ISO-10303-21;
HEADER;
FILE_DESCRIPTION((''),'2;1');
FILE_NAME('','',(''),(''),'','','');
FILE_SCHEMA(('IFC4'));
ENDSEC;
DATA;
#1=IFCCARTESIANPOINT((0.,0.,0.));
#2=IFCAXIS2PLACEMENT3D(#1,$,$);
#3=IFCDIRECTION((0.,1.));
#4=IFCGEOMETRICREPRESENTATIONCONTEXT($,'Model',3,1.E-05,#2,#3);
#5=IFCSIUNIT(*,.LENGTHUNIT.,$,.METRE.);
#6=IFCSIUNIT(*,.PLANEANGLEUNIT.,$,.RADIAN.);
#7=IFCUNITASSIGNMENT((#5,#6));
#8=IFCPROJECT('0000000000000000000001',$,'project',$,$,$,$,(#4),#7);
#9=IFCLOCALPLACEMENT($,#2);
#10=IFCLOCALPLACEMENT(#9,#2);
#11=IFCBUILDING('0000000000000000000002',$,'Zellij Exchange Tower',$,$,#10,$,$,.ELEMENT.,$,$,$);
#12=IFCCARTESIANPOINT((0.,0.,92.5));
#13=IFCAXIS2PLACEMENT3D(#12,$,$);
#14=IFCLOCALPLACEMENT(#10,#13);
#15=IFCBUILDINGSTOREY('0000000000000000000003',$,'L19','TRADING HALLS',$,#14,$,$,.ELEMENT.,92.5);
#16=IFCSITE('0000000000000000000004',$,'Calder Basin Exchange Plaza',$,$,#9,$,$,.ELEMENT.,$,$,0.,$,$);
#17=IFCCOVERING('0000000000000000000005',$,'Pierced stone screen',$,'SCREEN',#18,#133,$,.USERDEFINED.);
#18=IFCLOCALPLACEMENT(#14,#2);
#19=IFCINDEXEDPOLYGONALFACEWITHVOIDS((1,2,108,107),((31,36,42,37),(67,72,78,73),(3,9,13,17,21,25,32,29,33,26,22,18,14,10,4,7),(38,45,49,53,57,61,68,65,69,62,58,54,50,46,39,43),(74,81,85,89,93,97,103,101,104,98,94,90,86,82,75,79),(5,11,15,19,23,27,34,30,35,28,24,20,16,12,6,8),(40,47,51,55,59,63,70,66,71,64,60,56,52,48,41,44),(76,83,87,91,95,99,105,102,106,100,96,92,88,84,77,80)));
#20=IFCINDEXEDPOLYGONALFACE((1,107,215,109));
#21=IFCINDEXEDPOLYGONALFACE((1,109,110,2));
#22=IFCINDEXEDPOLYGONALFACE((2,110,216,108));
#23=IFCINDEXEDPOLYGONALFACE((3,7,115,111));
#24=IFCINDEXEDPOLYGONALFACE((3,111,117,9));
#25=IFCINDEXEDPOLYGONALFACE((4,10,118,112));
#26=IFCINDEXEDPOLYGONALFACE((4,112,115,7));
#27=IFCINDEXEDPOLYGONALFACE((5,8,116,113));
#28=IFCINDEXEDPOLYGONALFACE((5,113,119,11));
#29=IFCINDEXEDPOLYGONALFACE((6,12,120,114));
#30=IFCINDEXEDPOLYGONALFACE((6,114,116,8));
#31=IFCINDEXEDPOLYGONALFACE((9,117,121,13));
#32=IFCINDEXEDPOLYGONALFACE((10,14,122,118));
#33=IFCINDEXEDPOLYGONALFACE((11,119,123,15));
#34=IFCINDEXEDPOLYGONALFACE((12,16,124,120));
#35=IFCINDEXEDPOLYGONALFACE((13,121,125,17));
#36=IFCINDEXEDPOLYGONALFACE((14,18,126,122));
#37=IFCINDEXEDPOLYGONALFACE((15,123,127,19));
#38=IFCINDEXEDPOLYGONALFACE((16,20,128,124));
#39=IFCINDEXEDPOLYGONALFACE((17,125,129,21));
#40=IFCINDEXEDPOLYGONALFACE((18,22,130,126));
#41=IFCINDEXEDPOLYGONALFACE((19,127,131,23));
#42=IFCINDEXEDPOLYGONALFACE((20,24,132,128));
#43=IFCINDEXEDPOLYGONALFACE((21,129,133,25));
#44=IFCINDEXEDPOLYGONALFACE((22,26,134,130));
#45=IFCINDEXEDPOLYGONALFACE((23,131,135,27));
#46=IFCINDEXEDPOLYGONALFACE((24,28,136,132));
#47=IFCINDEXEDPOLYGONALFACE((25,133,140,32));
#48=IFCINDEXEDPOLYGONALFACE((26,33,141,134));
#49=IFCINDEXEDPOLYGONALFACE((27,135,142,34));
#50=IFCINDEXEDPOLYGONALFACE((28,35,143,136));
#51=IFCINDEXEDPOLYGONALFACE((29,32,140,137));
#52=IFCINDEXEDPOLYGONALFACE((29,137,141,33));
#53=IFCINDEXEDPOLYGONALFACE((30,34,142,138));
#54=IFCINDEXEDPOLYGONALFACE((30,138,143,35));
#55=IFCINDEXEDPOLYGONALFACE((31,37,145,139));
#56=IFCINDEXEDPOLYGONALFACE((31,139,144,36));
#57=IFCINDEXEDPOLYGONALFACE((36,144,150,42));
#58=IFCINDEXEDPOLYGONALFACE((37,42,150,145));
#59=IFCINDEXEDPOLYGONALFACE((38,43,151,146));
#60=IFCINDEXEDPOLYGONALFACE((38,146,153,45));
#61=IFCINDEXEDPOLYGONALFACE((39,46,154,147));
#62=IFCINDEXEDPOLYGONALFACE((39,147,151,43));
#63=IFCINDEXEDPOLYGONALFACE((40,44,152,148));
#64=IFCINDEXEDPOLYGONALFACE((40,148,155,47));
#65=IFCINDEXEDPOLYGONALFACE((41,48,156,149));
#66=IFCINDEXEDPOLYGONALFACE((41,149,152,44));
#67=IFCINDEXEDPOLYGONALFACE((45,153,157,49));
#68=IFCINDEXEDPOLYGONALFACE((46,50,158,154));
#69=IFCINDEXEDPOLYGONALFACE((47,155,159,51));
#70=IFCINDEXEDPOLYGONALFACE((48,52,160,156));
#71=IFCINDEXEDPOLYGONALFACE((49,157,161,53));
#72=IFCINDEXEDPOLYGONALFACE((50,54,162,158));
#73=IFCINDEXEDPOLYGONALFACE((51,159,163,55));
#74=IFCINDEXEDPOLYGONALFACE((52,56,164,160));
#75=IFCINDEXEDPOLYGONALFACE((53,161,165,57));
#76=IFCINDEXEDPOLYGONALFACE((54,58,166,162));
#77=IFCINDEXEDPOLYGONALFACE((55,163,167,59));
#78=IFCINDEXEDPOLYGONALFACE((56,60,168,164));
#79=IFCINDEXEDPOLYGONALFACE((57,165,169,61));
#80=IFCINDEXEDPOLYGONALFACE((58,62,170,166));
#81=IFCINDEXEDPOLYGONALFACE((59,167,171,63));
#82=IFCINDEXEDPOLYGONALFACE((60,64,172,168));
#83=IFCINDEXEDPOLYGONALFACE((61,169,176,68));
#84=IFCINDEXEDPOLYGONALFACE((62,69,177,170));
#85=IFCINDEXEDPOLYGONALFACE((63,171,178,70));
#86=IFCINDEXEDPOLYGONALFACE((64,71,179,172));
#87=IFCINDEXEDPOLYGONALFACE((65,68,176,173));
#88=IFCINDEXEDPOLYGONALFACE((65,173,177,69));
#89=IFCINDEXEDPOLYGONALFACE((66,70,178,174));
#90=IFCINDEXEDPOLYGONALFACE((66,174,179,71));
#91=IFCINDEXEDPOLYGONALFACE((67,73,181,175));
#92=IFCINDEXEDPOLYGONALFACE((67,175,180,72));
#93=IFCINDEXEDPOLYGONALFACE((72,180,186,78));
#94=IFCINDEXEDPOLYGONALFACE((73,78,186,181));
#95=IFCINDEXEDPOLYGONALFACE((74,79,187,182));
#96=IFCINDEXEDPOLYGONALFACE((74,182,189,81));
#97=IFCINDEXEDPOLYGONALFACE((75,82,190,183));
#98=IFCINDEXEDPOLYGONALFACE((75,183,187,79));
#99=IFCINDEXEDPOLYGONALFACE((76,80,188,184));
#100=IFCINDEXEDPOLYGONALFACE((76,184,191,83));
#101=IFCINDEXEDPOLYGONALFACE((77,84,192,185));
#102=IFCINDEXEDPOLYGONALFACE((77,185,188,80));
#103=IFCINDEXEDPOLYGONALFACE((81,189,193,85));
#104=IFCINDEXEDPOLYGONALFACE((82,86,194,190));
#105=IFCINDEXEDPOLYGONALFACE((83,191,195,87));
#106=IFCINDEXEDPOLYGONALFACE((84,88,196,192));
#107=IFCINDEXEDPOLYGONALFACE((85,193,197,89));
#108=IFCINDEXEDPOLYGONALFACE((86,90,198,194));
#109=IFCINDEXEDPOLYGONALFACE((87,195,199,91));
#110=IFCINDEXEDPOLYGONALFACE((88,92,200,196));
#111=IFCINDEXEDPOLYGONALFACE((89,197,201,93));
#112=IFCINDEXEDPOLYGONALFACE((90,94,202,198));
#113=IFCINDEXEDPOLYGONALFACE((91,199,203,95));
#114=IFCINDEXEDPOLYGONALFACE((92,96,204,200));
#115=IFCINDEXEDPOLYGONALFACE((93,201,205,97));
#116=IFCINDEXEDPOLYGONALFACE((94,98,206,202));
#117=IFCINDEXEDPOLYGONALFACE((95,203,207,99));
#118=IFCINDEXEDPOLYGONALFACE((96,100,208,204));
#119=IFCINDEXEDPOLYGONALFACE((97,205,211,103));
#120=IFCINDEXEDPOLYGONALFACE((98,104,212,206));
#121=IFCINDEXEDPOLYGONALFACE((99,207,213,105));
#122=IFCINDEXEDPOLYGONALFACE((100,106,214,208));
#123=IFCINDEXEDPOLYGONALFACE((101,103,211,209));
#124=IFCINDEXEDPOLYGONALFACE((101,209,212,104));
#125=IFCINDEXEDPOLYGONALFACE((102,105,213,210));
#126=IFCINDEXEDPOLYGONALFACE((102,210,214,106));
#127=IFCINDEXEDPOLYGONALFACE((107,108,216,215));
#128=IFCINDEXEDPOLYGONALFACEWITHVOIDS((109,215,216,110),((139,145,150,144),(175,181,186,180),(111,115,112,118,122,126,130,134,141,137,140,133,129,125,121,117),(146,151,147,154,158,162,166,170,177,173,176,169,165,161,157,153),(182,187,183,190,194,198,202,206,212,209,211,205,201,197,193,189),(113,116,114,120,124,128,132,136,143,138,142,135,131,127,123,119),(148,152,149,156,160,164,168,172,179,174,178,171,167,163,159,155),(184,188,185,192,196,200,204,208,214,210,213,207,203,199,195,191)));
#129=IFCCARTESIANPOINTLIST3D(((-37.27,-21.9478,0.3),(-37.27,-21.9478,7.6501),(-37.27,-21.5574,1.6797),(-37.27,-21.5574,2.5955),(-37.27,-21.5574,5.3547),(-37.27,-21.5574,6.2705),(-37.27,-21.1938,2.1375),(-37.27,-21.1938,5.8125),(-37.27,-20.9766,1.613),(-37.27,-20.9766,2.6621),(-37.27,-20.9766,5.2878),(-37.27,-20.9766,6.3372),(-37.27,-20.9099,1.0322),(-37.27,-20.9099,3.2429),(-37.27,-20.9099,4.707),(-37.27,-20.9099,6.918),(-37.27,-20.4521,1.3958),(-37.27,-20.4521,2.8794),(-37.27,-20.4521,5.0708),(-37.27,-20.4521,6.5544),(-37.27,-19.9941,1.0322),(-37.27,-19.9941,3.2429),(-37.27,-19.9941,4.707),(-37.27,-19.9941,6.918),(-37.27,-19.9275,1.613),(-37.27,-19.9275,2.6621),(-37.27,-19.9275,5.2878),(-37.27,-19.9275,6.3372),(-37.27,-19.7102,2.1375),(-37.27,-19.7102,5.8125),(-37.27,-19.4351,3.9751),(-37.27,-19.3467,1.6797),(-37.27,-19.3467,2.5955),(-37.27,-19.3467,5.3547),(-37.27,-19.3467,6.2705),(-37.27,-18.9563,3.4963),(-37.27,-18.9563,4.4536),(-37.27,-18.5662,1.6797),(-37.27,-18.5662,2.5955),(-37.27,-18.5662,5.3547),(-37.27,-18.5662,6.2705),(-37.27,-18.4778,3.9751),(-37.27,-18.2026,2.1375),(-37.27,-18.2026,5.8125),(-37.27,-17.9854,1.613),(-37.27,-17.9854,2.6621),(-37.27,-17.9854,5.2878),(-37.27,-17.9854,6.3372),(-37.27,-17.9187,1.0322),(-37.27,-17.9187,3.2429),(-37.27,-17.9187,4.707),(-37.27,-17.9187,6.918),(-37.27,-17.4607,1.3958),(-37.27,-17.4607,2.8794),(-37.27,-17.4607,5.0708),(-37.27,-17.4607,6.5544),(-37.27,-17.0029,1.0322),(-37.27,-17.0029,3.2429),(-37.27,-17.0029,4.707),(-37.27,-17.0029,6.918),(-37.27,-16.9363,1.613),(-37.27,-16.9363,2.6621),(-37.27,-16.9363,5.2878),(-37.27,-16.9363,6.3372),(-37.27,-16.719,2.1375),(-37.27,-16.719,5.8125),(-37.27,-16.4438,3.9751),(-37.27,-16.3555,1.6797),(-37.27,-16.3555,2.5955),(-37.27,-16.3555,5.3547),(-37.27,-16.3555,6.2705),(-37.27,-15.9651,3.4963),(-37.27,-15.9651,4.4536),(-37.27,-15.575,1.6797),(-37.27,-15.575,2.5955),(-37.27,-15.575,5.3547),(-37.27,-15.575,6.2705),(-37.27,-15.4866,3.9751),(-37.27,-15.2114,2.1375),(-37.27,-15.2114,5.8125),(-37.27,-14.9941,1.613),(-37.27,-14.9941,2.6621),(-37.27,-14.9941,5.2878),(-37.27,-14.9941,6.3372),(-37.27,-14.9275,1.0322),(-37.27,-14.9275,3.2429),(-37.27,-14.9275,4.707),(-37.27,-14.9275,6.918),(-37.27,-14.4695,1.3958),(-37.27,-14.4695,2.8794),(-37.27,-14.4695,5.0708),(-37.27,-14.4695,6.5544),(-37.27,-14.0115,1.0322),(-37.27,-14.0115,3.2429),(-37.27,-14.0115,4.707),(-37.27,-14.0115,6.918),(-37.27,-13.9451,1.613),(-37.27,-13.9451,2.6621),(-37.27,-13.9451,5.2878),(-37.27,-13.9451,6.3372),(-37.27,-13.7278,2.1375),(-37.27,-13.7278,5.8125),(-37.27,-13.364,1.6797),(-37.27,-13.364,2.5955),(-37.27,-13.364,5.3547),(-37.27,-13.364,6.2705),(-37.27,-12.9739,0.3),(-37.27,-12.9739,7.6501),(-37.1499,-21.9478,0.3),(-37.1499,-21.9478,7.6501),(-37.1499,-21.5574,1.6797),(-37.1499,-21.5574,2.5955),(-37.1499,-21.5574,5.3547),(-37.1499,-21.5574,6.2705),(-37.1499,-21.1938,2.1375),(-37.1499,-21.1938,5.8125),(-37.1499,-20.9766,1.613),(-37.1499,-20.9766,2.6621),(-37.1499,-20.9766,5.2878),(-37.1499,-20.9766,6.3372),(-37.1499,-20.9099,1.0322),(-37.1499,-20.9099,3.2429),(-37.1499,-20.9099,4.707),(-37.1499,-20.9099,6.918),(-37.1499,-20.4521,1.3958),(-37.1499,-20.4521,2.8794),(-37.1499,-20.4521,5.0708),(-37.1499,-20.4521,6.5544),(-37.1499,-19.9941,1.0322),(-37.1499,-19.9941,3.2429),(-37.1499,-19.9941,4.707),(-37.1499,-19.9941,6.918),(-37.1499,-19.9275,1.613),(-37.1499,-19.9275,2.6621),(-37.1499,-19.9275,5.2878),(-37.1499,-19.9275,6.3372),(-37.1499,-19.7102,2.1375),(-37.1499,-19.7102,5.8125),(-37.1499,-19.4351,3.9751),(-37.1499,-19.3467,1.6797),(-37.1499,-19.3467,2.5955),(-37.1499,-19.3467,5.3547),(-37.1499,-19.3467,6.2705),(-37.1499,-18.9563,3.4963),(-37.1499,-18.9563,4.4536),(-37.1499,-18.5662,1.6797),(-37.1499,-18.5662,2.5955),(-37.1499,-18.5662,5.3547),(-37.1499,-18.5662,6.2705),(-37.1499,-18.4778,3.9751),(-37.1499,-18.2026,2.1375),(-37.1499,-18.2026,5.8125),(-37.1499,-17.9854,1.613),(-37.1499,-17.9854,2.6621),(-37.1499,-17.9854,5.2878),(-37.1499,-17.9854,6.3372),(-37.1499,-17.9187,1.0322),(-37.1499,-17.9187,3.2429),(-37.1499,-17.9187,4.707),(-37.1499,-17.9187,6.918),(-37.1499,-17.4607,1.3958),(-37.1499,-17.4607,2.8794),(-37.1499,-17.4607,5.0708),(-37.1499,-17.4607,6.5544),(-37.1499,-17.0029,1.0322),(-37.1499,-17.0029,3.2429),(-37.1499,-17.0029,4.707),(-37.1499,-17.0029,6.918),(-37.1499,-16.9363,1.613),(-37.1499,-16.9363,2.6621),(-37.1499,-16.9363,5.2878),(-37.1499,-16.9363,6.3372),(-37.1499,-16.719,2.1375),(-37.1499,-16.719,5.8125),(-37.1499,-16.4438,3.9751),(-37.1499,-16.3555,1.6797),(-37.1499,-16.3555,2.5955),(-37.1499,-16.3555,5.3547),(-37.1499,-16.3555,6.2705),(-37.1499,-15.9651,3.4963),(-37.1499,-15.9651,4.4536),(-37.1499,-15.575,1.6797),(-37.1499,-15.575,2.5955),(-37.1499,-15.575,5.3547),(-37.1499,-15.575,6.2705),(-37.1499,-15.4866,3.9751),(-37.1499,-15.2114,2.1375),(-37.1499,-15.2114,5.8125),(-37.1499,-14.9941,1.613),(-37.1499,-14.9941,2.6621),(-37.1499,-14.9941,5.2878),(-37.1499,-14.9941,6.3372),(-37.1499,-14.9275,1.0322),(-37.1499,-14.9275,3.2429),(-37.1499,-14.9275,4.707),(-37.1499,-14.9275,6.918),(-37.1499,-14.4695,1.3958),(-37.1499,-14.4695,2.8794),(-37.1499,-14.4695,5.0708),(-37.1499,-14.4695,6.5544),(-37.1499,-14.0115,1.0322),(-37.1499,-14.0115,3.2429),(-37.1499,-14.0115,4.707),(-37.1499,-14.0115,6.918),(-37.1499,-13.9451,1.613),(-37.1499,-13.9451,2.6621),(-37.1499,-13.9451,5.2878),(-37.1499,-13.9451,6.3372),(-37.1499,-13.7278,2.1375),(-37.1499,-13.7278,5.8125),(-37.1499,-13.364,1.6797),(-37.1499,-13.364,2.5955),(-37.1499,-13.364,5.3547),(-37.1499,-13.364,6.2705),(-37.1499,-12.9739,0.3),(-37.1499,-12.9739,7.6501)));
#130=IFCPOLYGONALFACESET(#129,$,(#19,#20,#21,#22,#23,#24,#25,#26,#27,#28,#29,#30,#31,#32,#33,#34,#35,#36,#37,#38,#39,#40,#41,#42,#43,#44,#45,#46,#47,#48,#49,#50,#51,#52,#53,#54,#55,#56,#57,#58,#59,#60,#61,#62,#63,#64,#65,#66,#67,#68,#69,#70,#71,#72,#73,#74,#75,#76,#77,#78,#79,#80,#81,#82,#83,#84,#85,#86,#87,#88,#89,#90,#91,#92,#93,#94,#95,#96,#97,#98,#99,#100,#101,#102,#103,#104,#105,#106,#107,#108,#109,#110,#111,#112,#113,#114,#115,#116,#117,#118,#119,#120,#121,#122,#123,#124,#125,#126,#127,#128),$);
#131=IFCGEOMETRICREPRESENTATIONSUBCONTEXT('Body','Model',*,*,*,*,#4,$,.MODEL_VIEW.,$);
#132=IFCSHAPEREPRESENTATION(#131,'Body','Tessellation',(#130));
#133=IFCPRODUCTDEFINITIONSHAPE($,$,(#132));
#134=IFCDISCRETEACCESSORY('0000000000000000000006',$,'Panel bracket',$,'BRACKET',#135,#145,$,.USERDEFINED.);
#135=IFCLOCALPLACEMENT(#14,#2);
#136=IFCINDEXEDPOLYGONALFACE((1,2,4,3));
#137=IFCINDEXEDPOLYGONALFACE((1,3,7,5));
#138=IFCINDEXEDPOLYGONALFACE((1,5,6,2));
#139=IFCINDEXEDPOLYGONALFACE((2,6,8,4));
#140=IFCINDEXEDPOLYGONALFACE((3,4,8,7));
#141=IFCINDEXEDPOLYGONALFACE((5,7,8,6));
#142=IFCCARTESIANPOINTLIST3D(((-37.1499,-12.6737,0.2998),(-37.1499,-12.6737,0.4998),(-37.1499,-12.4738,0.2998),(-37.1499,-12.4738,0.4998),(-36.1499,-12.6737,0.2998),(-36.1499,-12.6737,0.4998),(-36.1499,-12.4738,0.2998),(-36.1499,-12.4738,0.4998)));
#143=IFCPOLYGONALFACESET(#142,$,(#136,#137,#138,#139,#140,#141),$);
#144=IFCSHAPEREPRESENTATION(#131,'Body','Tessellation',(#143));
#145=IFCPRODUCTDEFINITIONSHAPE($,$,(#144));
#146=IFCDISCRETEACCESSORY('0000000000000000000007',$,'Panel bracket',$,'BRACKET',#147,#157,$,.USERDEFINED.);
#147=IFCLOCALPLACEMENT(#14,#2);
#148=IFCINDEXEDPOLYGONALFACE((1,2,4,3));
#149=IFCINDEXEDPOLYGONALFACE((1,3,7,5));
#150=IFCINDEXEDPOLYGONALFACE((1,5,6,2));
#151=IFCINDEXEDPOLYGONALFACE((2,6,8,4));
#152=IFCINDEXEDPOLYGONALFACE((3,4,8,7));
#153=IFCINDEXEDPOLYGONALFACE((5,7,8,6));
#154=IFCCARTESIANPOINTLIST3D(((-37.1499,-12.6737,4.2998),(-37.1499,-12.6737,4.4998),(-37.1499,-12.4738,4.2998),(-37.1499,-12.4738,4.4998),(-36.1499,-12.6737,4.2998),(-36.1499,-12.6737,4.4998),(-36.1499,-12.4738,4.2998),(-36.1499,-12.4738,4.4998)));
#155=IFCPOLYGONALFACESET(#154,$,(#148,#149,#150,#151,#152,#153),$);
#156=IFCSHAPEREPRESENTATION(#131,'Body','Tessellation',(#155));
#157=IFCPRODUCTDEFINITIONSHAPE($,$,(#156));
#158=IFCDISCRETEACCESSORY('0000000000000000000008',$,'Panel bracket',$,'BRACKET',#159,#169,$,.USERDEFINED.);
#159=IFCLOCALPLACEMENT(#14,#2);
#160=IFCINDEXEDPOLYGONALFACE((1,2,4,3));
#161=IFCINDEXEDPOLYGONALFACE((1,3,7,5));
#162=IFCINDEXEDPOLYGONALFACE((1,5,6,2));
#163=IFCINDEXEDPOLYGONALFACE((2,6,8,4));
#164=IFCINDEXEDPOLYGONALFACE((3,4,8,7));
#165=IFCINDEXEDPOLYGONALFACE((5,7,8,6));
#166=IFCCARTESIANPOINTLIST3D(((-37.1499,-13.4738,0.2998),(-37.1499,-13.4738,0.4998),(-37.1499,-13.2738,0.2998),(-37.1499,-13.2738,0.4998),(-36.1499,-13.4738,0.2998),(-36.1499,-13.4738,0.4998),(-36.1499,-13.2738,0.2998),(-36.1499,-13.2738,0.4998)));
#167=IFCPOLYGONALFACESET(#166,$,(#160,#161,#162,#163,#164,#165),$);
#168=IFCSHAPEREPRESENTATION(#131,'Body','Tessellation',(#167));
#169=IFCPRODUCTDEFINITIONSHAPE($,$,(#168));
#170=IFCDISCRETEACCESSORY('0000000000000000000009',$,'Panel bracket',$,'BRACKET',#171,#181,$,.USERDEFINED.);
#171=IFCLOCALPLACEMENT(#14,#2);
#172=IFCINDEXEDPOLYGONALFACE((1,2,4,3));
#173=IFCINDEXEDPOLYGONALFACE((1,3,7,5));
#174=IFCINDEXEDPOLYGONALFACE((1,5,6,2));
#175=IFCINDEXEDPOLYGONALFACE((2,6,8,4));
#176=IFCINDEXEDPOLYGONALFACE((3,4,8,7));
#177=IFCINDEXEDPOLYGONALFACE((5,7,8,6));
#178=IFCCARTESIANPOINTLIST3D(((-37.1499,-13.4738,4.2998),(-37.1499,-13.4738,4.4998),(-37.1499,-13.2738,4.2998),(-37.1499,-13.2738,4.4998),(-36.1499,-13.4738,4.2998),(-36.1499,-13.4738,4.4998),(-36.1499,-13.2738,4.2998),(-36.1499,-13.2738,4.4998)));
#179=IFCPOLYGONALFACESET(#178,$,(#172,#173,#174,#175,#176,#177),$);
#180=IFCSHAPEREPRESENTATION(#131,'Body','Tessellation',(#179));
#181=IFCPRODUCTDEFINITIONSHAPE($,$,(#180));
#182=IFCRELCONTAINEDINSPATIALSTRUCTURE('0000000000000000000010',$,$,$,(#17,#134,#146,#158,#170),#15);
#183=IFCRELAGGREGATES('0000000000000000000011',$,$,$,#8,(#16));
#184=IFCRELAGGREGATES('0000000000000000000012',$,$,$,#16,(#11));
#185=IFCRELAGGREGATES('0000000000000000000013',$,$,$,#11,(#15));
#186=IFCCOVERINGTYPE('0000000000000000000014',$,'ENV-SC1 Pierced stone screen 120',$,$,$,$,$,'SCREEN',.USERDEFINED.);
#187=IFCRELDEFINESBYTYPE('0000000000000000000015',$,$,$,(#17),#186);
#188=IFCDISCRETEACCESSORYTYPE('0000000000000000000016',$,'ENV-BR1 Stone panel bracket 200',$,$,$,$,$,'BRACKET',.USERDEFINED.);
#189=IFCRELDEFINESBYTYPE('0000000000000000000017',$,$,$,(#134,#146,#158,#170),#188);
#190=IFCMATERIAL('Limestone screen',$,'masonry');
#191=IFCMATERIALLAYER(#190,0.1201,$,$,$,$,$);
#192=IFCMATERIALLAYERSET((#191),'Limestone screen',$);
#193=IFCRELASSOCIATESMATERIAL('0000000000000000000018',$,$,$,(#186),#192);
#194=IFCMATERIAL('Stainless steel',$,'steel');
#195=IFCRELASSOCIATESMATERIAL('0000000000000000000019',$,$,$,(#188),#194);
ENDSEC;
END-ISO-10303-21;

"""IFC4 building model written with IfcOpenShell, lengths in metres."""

from ifc_helpers import new_model, si_unit, direction, frame, origin, origin_2d, place, context, subcontext, project, spatial, polyline, rectangle, outline, extrude, material, layer, layer_set, type_object, element, save


model = new_model("IFC4")

# Units and contexts
model_context = context("Model", 3, precision=1e-05, world=origin(), true_north=direction((0.0, 1.0)))
body_context = subcontext(model_context, "Body", "Model", "MODEL_VIEW")
ifc_project = project(units=[si_unit("LENGTHUNIT", "METRE"), si_unit("PLANEANGLEUNIT", "RADIAN")], contexts=[model_context])

# Site, building, storey
site_placement = place(None, origin())
site = spatial("IfcSite", under=ifc_project, at=site_placement, Name="Calder Basin Exchange Plaza", CompositionType="ELEMENT", RefElevation=0.0)
building_placement = place(site_placement, origin())
building = spatial("IfcBuilding", under=site, at=building_placement, Name="Zellij Exchange Tower", CompositionType="ELEMENT")
storey_placement = place(building_placement, frame((0.0, 0.0, 92.5)))
storey = spatial("IfcBuildingStorey", under=building, at=storey_placement, Name="L19", Description="TRADING HALLS", CompositionType="ELEMENT", Elevation=92.5)

# Shared definitions
ifc_material_1 = material(Name="Stainless steel", Category="steel")

# Covering
ifc_material_2 = material(Name="Limestone screen", Category="masonry")
ifc_layer_1 = layer(ifc_material_2, 0.1201)
ifc_layer_set_1 = layer_set([ifc_layer_1], Name="Limestone screen")
covering_type = type_object("IfcCoveringType", Name="ENV-SC1 Pierced stone screen 120", ElementType="SCREEN", PredefinedType="USERDEFINED", material=ifc_layer_set_1)
covering_placement = place(storey_placement, frame((-37.21, -12.9739, 0.3), z_axis=(0.0, 0.0, 1.0), x_axis=(0.0, -1.0, 0.0)))
element("IfcCovering", 1, at=covering_placement, inside=storey, type_object=covering_type, Name="Pierced stone screen", ObjectType="SCREEN", PredefinedType="USERDEFINED", context=body_context, shape_type="SweptSolid", body=[
    extrude(outline(polyline([(0.0, 0.0), (8.9739, 0.0), (8.9739, 7.3501), (0.0, 7.3501), (0.0, 0.0)]), holes=[polyline([(2.6011, 2.2954), (2.0203, 2.3621), (1.9536, 2.9429), (1.4956, 2.5793), (1.0376, 2.9429), (0.9712, 2.3621), (0.3901, 2.2954), (0.7539, 1.8374), (0.3901, 1.3796), (0.9712, 1.313), (1.0376, 0.7322), (1.4956, 1.0957), (1.9536, 0.7322), (2.0203, 1.313), (2.6011, 1.3796), (2.2375, 1.8374), (2.6011, 2.2954)]), polyline([(2.6011, 5.9705), (2.0203, 6.0371), (1.9536, 6.6179), (1.4956, 6.2544), (1.0376, 6.6179), (0.9712, 6.0371), (0.3901, 5.9705), (0.7539, 5.5125), (0.3901, 5.0547), (0.9712, 4.9878), (1.0376, 4.407), (1.4956, 4.7708), (1.9536, 4.407), (2.0203, 4.9878), (2.6011, 5.0547), (2.2375, 5.5125), (2.6011, 5.9705)]), polyline([(5.5923, 2.2954), (5.0115, 2.3621), (4.9448, 2.9429), (4.4868, 2.5793), (4.0291, 2.9429), (3.9624, 2.3621), (3.3816, 2.2954), (3.7451, 1.8374), (3.3816, 1.3796), (3.9624, 1.313), (4.0291, 0.7322), (4.4868, 1.0957), (4.9448, 0.7322), (5.0115, 1.313), (5.5923, 1.3796), (5.2288, 1.8374), (5.5923, 2.2954)]), polyline([(5.5923, 5.9705), (5.0115, 6.0371), (4.9448, 6.6179), (4.4868, 6.2544), (4.0291, 6.6179), (3.9624, 6.0371), (3.3816, 5.9705), (3.7451, 5.5125), (3.3816, 5.0547), (3.9624, 4.9878), (4.0291, 4.407), (4.4868, 4.7708), (4.9448, 4.407), (5.0115, 4.9878), (5.5923, 5.0547), (5.2288, 5.5125), (5.5923, 5.9705)]), polyline([(8.5835, 2.2954), (8.0027, 2.3621), (7.936, 2.9429), (7.4783, 2.5793), (7.0203, 2.9429), (6.9536, 2.3621), (6.3728, 2.2954), (6.7363, 1.8374), (6.3728, 1.3796), (6.9536, 1.313), (7.0203, 0.7322), (7.4783, 1.0957), (7.936, 0.7322), (8.0027, 1.313), (8.5835, 1.3796), (8.22, 1.8374), (8.5835, 2.2954)]), polyline([(8.5835, 5.9705), (8.0027, 6.0371), (7.936, 6.6179), (7.4783, 6.2544), (7.0203, 6.6179), (6.9536, 6.0371), (6.3728, 5.9705), (6.7363, 5.5125), (6.3728, 5.0547), (6.9536, 4.9878), (7.0203, 4.407), (7.4783, 4.7708), (7.936, 4.407), (8.0027, 4.9878), (8.5835, 5.0547), (8.22, 5.5125), (8.5835, 5.9705)]), polyline([(3.47, 3.675), (2.9912, 4.1536), (2.5127, 3.675), (2.9912, 3.1963), (3.47, 3.675)]), polyline([(6.4612, 3.675), (5.9824, 4.1536), (5.5039, 3.675), (5.9824, 3.1963), (6.4612, 3.675)])]), frame((0.0, 0.0601, 0.0), z_axis=(0.0, -1.0, 0.0), x_axis=(1.0, 0.0, 0.0)), (0.0, 0.0, 1.0), 0.1201),
])

# Discrete accessories
discrete_accessory_type = type_object("IfcDiscreteAccessoryType", Name="ENV-BR1 Stone panel bracket 200", ElementType="BRACKET", PredefinedType="USERDEFINED", material=ifc_material_1)
for number, where, z_axis, x_axis, name in (
    (2, (-36.6499, -12.5737, 0.2998), (0.0, 0.0, 1.0), (0.0, -1.0, 0.0), "Panel bracket"),
    (3, (-36.6499, -12.5737, 4.2998), (0.0, 0.0, 1.0), (0.0, -1.0, 0.0), "Panel bracket"),
    (4, (-36.6499, -13.3738, 0.2998), (0.0, 0.0, 1.0), (0.0, -1.0, 0.0), "Panel bracket"),
    (5, (-36.6499, -13.3738, 4.2998), (0.0, 0.0, 1.0), (0.0, -1.0, 0.0), "Panel bracket"),
):
    element("IfcDiscreteAccessory", number, at=place(storey_placement, frame(where, z_axis=z_axis, x_axis=x_axis)), inside=storey, type_object=discrete_accessory_type, Name=name, ObjectType="BRACKET", PredefinedType="USERDEFINED", context=body_context, shape_type="SweptSolid", body=[
        extrude(rectangle(XDim=0.2, YDim=1.0, at=origin_2d()), origin(), (0.0, 0.0, 1.0), 0.2),
    ])

save(model, "model.ifc")
